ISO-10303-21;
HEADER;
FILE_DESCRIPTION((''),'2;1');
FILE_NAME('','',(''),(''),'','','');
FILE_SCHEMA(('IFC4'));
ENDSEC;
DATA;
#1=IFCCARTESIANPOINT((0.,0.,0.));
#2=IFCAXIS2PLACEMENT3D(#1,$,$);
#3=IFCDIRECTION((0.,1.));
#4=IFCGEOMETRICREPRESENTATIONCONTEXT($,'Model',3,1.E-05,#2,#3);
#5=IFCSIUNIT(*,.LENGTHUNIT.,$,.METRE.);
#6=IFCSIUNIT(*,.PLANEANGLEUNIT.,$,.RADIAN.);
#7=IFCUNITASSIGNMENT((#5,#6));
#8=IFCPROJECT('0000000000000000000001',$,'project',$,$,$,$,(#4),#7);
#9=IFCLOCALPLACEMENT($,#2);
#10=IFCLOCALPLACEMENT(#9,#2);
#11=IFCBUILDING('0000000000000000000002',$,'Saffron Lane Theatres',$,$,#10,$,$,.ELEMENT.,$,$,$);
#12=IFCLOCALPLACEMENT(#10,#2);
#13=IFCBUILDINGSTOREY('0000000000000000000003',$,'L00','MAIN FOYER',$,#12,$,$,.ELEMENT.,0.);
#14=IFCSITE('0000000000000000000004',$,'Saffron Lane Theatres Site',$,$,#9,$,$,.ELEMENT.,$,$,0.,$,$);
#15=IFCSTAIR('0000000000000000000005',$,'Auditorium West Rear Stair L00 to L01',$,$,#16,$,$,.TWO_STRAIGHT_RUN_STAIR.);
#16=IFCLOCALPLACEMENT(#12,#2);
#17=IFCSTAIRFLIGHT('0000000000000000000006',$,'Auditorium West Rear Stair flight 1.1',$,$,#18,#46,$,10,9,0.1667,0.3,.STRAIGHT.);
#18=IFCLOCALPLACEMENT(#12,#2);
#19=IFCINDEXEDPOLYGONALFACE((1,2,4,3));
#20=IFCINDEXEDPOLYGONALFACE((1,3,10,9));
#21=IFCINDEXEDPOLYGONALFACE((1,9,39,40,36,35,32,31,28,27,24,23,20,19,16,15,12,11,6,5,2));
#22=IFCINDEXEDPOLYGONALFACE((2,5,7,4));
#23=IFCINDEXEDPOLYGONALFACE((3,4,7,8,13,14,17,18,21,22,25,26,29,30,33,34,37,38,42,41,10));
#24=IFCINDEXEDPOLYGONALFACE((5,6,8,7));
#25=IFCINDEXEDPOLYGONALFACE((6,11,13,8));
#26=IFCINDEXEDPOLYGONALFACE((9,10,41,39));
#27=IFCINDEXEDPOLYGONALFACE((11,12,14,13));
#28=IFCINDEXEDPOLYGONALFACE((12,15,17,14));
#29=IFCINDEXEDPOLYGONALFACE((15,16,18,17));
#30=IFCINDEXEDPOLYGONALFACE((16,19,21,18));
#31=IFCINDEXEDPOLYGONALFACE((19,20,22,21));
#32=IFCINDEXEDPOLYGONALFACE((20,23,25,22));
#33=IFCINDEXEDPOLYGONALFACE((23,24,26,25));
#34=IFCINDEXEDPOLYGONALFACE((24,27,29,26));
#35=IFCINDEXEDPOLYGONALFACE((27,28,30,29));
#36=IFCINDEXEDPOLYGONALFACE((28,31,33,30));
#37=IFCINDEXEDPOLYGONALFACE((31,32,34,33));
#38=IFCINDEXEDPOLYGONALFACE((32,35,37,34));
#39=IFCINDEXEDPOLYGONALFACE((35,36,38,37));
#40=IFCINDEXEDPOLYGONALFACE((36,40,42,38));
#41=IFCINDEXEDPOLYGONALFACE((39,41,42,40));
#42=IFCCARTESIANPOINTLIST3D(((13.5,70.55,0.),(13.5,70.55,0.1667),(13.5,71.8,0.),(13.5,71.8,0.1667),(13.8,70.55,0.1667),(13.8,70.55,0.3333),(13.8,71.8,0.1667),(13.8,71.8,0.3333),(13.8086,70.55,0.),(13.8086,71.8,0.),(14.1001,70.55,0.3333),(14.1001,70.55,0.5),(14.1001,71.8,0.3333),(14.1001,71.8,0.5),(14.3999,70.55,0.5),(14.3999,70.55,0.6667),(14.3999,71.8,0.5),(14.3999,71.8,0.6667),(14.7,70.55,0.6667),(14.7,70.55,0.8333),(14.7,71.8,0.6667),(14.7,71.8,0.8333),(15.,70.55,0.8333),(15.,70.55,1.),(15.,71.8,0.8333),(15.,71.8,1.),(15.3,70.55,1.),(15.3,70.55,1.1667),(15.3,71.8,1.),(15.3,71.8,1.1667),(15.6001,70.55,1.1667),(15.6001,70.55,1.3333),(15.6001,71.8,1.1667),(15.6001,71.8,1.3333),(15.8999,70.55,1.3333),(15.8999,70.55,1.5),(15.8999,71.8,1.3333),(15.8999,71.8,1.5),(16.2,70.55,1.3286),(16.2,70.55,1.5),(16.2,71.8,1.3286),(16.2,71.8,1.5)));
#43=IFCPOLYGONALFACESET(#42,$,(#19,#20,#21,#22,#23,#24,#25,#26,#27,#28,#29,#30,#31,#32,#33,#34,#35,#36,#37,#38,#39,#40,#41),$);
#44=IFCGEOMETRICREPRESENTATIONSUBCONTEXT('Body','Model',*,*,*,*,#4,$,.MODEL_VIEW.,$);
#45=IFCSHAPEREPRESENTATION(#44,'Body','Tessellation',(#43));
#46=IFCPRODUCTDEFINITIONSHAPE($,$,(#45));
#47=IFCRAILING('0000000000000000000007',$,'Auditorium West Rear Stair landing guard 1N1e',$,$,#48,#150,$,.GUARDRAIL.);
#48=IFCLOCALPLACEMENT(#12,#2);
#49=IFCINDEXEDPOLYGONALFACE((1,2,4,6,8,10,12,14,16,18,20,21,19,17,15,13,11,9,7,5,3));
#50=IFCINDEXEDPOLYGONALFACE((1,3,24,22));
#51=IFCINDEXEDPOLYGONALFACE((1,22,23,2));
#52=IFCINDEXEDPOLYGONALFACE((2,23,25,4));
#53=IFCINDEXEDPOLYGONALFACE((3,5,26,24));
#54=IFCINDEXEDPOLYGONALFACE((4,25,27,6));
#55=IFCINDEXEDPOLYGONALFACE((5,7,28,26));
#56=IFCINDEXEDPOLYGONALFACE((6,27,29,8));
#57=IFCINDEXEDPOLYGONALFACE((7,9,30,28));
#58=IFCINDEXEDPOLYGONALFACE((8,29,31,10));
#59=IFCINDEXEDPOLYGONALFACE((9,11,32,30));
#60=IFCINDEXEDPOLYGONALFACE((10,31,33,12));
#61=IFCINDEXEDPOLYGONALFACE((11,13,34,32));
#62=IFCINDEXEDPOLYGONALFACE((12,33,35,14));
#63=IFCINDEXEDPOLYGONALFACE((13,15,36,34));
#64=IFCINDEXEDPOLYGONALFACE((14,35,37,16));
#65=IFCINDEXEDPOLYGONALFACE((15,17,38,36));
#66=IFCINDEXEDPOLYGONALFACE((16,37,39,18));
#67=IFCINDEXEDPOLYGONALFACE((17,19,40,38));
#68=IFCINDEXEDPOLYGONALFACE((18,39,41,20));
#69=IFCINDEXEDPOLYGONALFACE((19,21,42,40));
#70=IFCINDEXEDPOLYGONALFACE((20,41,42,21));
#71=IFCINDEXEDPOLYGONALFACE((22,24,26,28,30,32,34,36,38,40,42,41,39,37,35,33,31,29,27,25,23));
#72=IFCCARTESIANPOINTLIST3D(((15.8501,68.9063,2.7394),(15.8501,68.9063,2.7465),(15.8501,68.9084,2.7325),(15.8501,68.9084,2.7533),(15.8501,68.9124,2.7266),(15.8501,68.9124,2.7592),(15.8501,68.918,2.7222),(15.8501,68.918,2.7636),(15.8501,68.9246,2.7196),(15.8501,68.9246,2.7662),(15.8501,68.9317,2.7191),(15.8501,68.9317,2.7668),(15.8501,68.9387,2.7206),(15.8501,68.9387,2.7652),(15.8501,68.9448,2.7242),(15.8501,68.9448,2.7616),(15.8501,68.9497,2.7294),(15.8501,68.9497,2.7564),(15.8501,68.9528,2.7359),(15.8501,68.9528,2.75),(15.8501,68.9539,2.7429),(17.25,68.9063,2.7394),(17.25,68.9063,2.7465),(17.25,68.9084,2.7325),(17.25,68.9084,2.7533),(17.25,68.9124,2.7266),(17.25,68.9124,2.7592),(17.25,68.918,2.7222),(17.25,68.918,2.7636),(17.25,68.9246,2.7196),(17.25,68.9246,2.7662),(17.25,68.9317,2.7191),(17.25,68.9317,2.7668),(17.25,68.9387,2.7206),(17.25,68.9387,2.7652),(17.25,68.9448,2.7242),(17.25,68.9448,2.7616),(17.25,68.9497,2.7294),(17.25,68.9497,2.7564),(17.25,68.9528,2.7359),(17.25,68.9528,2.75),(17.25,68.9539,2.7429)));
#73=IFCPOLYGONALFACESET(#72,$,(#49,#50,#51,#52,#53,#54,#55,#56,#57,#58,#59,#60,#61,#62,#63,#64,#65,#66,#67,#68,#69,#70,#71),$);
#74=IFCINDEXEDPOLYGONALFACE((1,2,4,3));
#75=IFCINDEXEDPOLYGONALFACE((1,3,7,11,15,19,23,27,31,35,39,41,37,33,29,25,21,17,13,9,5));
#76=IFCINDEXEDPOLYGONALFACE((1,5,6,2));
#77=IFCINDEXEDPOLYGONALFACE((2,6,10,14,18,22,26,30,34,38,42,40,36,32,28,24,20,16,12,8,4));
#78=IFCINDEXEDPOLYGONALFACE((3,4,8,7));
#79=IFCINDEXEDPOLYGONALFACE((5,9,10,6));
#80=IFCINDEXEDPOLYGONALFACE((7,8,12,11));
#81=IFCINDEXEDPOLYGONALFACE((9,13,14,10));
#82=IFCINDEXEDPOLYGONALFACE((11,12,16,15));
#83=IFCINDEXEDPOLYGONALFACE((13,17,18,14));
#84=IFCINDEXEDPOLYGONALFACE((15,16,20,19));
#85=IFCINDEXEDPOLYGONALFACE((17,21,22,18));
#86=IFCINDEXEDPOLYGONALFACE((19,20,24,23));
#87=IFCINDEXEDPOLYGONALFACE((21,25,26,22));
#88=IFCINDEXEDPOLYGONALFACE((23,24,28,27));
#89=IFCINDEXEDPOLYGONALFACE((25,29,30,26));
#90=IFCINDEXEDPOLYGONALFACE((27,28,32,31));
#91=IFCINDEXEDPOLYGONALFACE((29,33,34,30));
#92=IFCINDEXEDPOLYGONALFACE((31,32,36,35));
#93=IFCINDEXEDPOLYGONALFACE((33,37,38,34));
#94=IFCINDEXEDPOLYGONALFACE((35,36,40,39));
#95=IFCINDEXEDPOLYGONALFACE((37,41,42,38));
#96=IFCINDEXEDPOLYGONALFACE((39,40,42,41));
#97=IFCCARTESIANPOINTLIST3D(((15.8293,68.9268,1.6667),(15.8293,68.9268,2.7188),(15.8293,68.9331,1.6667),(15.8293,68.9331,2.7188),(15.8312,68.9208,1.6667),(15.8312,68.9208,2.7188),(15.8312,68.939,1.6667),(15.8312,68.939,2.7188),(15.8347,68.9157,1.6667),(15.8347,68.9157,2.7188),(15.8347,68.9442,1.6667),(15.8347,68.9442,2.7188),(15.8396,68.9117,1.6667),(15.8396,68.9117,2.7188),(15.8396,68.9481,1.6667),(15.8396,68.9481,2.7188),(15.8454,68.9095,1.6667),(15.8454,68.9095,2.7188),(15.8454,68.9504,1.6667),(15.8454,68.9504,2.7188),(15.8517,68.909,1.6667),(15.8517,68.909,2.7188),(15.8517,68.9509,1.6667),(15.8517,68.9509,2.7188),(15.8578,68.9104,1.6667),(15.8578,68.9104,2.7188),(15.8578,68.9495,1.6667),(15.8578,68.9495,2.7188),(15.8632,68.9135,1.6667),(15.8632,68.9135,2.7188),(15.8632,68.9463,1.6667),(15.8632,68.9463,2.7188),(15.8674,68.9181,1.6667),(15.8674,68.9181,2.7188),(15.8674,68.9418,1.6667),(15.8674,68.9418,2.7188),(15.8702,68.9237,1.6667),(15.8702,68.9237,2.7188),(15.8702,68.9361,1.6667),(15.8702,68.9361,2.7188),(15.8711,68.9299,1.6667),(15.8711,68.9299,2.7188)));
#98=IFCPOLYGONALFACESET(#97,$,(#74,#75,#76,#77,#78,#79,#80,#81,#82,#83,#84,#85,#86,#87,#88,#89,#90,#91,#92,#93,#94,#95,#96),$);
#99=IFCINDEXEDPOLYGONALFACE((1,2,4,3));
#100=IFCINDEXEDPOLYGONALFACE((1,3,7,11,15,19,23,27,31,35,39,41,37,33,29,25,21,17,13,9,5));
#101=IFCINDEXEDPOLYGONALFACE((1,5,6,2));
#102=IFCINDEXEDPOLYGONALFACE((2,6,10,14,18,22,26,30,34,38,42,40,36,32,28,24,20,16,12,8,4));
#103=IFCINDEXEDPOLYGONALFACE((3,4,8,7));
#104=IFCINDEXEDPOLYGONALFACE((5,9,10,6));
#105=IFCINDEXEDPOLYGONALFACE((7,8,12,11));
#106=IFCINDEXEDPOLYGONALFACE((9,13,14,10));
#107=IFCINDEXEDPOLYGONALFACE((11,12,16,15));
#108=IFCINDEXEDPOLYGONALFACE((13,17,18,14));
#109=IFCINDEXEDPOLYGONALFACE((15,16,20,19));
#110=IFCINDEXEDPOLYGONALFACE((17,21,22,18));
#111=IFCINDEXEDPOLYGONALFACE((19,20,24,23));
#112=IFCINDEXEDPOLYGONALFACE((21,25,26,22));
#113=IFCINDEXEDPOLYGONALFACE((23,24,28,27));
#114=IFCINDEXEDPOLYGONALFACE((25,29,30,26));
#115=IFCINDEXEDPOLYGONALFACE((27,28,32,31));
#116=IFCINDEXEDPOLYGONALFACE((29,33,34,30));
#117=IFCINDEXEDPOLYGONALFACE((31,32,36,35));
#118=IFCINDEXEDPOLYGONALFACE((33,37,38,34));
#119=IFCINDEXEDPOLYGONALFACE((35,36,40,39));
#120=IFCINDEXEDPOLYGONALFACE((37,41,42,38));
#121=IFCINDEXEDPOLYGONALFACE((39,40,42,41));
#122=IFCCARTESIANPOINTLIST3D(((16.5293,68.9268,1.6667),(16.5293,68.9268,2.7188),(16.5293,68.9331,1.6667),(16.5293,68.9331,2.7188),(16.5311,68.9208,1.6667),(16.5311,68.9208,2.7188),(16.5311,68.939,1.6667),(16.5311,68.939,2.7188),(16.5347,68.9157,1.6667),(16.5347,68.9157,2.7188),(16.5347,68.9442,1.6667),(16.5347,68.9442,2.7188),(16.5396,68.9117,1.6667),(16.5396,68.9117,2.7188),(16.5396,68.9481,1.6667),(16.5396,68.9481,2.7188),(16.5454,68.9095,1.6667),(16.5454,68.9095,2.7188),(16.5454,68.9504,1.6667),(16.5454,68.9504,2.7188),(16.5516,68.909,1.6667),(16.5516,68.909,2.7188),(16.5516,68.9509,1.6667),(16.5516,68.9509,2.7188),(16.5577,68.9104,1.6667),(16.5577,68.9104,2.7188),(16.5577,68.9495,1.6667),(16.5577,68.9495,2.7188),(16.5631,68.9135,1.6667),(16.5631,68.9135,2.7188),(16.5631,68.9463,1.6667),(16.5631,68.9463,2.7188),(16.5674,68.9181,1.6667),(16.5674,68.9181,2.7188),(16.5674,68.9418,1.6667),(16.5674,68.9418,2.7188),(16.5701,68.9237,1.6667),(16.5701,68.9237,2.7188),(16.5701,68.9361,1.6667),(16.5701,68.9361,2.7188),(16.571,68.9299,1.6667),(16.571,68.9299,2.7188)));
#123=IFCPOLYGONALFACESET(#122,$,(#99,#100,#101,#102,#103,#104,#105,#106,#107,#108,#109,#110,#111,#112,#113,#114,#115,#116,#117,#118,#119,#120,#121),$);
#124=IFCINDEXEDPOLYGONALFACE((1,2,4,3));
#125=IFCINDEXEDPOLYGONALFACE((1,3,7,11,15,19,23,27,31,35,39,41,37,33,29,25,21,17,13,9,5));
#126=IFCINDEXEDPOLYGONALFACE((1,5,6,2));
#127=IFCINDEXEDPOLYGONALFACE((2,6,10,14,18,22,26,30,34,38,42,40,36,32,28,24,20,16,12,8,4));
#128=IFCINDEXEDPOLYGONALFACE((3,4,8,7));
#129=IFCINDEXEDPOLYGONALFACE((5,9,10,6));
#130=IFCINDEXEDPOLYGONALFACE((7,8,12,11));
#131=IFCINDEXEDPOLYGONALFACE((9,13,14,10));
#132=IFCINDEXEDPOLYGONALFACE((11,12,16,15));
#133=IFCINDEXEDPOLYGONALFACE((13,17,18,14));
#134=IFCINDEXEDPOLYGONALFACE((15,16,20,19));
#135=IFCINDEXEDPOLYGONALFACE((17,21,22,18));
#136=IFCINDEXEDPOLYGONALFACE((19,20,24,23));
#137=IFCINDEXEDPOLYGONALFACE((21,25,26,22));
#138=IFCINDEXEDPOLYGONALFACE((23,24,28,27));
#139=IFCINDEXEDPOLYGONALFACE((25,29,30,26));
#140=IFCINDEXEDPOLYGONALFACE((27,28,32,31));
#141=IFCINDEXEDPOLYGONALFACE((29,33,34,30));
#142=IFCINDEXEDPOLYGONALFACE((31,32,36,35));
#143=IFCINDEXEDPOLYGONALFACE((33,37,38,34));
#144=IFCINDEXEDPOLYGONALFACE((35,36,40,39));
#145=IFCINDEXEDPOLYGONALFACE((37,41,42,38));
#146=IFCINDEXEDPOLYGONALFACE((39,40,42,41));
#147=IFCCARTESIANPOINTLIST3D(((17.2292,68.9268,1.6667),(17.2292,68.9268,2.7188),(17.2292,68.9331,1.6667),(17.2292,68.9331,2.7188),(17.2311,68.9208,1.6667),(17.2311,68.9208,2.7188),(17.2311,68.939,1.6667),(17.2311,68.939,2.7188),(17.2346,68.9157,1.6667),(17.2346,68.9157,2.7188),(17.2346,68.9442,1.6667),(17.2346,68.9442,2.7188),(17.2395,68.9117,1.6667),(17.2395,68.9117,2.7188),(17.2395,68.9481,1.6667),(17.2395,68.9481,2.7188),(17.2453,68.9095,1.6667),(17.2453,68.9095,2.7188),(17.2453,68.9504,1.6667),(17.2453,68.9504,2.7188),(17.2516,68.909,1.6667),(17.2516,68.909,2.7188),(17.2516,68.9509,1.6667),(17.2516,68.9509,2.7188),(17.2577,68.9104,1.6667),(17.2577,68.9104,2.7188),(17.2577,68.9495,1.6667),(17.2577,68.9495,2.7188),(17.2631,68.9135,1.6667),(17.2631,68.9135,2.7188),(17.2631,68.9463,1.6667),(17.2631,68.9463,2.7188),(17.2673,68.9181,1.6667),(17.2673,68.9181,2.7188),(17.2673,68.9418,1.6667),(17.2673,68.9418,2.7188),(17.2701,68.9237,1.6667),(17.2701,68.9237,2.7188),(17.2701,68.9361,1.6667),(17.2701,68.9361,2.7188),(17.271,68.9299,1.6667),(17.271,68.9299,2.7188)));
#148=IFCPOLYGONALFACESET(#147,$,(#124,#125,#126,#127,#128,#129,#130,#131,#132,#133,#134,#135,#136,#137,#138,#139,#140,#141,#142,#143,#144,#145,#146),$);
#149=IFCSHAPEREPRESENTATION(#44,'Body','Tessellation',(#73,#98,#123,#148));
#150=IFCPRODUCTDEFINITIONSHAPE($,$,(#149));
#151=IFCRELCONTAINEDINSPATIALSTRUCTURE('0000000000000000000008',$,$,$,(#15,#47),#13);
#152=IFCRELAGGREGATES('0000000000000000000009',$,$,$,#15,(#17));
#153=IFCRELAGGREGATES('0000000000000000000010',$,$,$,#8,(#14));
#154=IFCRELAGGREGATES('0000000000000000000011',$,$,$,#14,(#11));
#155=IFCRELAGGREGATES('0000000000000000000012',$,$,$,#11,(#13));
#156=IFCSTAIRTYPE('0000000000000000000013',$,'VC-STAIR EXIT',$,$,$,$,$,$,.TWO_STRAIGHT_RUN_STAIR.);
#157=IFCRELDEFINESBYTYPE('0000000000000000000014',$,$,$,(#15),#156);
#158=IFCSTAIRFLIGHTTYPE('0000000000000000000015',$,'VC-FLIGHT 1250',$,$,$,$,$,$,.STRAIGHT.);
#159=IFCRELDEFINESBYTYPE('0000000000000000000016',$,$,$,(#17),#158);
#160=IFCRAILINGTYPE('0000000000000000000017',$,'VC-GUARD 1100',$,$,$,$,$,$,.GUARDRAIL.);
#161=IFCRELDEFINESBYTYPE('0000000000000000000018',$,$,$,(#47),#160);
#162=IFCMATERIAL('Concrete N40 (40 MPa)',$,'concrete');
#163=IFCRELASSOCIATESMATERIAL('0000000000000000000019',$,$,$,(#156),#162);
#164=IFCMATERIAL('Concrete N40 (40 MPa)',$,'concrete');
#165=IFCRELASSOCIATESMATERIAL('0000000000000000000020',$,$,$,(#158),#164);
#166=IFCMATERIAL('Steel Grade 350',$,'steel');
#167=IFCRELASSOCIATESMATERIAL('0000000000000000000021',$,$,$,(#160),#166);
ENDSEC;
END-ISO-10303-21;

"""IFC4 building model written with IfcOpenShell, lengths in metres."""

from ifc_helpers import new_model, si_unit, direction, frame, origin, origin_2d, place, context, subcontext, project, spatial, polyline, circle, outline, extrude, material, type_object, element, aggregate, save


model = new_model("IFC4")

# Units and contexts
model_context = context("Model", 3, precision=1e-05, world=origin(), true_north=direction((0.0, 1.0)))
body_context = subcontext(model_context, "Body", "Model", "MODEL_VIEW")
ifc_project = project(units=[si_unit("LENGTHUNIT", "METRE"), si_unit("PLANEANGLEUNIT", "RADIAN")], contexts=[model_context])

# Site, building, storey
site_placement = place(None, origin())
site = spatial("IfcSite", under=ifc_project, at=site_placement, Name="Saffron Lane Theatres Site", CompositionType="ELEMENT", RefElevation=0.0)
building_placement = place(site_placement, origin())
building = spatial("IfcBuilding", under=site, at=building_placement, Name="Saffron Lane Theatres", CompositionType="ELEMENT")
storey_placement = place(building_placement, origin())
storey = spatial("IfcBuildingStorey", under=building, at=storey_placement, Name="L00", Description="MAIN FOYER", CompositionType="ELEMENT", Elevation=0.0)

# Stair, stair flight
ifc_material_1 = material(Name="Concrete N40 (40 MPa)", Category="concrete")
stair_type = type_object("IfcStairType", Name="VC-STAIR EXIT", PredefinedType="TWO_STRAIGHT_RUN_STAIR", material=ifc_material_1)
stair_placement = place(storey_placement, origin())
stair = element("IfcStair", 1, at=stair_placement, inside=storey, type_object=stair_type, Name="Auditorium West Rear Stair L00 to L01", PredefinedType="TWO_STRAIGHT_RUN_STAIR")
ifc_material_2 = material(Name="Concrete N40 (40 MPa)", Category="concrete")
stair_flight_type = type_object("IfcStairFlightType", Name="VC-FLIGHT 1250", PredefinedType="STRAIGHT", material=ifc_material_2)
stair_flight_placement = place(storey_placement, frame((13.5, 71.175, 0.0), z_axis=(0.0, 0.0, 1.0), x_axis=(1.0, 0.0, 0.0)))
stair_flight = element("IfcStairFlight", 2, at=stair_flight_placement, type_object=stair_flight_type, Name="Auditorium West Rear Stair flight 1.1", NumberOfRisers=10, NumberOfTreads=9, PredefinedType="STRAIGHT", RiserHeight=0.1667, TreadLength=0.3, context=body_context, shape_type="SweptSolid", body=[
    extrude(outline(polyline([(0.0, 0.0), (0.0, 0.1667), (0.3, 0.1667), (0.3, 0.3333), (0.6001, 0.3333), (0.6001, 0.5), (0.8999, 0.5), (0.8999, 0.6667), (1.2, 0.6667), (1.2, 0.8333), (1.5, 0.8333), (1.5, 1.0), (1.8, 1.0), (1.8, 1.1667), (2.1001, 1.1667), (2.1001, 1.3333), (2.3999, 1.3333), (2.3999, 1.5), (2.7, 1.5), (2.7, 1.6667), (2.7, 1.3286), (0.3086, 0.0), (0.0, 0.0)])), frame((0.0, 0.625, 0.0), z_axis=(0.0, -1.0, 0.0), x_axis=(1.0, 0.0, 0.0)), (0.0, 0.0, 1.0), 1.25),
])
aggregate(stair, [stair_flight])

# Railing
ifc_material_3 = material(Name="Steel Grade 350", Category="steel")
railing_type_1 = type_object("IfcRailingType", Name="VC-GUARD 1100", PredefinedType="GUARDRAIL", material=ifc_material_3)
railing_1_placement = place(storey_placement, frame((15.8501, 68.9299, 1.6667)))
element("IfcRailing", 3, at=railing_1_placement, inside=storey, type_object=railing_type_1, Name="Auditorium West Rear Stair landing guard 1N1e", PredefinedType="GUARDRAIL", context=body_context, shape_type="SweptSolid", body=[
    extrude(circle(Radius=0.0239, at=origin_2d()), frame((0.0, 0.0, 1.0762), z_axis=(1.0, 0.0, 0.0), x_axis=(0.0, 1.0, 0.0)), (0.0, 0.0, 1.0), 1.3999),
    extrude(circle(Radius=0.021, at=origin_2d()), origin(), (0.0, 0.0, 1.0), 1.052),
    extrude(circle(Radius=0.021, at=origin_2d()), frame((0.7, 0.0, 0.0)), (0.0, 0.0, 1.0), 1.052),
    extrude(circle(Radius=0.021, at=origin_2d()), frame((1.3999, 0.0, 0.0)), (0.0, 0.0, 1.0), 1.052),
])

save(model, "model.ifc")
